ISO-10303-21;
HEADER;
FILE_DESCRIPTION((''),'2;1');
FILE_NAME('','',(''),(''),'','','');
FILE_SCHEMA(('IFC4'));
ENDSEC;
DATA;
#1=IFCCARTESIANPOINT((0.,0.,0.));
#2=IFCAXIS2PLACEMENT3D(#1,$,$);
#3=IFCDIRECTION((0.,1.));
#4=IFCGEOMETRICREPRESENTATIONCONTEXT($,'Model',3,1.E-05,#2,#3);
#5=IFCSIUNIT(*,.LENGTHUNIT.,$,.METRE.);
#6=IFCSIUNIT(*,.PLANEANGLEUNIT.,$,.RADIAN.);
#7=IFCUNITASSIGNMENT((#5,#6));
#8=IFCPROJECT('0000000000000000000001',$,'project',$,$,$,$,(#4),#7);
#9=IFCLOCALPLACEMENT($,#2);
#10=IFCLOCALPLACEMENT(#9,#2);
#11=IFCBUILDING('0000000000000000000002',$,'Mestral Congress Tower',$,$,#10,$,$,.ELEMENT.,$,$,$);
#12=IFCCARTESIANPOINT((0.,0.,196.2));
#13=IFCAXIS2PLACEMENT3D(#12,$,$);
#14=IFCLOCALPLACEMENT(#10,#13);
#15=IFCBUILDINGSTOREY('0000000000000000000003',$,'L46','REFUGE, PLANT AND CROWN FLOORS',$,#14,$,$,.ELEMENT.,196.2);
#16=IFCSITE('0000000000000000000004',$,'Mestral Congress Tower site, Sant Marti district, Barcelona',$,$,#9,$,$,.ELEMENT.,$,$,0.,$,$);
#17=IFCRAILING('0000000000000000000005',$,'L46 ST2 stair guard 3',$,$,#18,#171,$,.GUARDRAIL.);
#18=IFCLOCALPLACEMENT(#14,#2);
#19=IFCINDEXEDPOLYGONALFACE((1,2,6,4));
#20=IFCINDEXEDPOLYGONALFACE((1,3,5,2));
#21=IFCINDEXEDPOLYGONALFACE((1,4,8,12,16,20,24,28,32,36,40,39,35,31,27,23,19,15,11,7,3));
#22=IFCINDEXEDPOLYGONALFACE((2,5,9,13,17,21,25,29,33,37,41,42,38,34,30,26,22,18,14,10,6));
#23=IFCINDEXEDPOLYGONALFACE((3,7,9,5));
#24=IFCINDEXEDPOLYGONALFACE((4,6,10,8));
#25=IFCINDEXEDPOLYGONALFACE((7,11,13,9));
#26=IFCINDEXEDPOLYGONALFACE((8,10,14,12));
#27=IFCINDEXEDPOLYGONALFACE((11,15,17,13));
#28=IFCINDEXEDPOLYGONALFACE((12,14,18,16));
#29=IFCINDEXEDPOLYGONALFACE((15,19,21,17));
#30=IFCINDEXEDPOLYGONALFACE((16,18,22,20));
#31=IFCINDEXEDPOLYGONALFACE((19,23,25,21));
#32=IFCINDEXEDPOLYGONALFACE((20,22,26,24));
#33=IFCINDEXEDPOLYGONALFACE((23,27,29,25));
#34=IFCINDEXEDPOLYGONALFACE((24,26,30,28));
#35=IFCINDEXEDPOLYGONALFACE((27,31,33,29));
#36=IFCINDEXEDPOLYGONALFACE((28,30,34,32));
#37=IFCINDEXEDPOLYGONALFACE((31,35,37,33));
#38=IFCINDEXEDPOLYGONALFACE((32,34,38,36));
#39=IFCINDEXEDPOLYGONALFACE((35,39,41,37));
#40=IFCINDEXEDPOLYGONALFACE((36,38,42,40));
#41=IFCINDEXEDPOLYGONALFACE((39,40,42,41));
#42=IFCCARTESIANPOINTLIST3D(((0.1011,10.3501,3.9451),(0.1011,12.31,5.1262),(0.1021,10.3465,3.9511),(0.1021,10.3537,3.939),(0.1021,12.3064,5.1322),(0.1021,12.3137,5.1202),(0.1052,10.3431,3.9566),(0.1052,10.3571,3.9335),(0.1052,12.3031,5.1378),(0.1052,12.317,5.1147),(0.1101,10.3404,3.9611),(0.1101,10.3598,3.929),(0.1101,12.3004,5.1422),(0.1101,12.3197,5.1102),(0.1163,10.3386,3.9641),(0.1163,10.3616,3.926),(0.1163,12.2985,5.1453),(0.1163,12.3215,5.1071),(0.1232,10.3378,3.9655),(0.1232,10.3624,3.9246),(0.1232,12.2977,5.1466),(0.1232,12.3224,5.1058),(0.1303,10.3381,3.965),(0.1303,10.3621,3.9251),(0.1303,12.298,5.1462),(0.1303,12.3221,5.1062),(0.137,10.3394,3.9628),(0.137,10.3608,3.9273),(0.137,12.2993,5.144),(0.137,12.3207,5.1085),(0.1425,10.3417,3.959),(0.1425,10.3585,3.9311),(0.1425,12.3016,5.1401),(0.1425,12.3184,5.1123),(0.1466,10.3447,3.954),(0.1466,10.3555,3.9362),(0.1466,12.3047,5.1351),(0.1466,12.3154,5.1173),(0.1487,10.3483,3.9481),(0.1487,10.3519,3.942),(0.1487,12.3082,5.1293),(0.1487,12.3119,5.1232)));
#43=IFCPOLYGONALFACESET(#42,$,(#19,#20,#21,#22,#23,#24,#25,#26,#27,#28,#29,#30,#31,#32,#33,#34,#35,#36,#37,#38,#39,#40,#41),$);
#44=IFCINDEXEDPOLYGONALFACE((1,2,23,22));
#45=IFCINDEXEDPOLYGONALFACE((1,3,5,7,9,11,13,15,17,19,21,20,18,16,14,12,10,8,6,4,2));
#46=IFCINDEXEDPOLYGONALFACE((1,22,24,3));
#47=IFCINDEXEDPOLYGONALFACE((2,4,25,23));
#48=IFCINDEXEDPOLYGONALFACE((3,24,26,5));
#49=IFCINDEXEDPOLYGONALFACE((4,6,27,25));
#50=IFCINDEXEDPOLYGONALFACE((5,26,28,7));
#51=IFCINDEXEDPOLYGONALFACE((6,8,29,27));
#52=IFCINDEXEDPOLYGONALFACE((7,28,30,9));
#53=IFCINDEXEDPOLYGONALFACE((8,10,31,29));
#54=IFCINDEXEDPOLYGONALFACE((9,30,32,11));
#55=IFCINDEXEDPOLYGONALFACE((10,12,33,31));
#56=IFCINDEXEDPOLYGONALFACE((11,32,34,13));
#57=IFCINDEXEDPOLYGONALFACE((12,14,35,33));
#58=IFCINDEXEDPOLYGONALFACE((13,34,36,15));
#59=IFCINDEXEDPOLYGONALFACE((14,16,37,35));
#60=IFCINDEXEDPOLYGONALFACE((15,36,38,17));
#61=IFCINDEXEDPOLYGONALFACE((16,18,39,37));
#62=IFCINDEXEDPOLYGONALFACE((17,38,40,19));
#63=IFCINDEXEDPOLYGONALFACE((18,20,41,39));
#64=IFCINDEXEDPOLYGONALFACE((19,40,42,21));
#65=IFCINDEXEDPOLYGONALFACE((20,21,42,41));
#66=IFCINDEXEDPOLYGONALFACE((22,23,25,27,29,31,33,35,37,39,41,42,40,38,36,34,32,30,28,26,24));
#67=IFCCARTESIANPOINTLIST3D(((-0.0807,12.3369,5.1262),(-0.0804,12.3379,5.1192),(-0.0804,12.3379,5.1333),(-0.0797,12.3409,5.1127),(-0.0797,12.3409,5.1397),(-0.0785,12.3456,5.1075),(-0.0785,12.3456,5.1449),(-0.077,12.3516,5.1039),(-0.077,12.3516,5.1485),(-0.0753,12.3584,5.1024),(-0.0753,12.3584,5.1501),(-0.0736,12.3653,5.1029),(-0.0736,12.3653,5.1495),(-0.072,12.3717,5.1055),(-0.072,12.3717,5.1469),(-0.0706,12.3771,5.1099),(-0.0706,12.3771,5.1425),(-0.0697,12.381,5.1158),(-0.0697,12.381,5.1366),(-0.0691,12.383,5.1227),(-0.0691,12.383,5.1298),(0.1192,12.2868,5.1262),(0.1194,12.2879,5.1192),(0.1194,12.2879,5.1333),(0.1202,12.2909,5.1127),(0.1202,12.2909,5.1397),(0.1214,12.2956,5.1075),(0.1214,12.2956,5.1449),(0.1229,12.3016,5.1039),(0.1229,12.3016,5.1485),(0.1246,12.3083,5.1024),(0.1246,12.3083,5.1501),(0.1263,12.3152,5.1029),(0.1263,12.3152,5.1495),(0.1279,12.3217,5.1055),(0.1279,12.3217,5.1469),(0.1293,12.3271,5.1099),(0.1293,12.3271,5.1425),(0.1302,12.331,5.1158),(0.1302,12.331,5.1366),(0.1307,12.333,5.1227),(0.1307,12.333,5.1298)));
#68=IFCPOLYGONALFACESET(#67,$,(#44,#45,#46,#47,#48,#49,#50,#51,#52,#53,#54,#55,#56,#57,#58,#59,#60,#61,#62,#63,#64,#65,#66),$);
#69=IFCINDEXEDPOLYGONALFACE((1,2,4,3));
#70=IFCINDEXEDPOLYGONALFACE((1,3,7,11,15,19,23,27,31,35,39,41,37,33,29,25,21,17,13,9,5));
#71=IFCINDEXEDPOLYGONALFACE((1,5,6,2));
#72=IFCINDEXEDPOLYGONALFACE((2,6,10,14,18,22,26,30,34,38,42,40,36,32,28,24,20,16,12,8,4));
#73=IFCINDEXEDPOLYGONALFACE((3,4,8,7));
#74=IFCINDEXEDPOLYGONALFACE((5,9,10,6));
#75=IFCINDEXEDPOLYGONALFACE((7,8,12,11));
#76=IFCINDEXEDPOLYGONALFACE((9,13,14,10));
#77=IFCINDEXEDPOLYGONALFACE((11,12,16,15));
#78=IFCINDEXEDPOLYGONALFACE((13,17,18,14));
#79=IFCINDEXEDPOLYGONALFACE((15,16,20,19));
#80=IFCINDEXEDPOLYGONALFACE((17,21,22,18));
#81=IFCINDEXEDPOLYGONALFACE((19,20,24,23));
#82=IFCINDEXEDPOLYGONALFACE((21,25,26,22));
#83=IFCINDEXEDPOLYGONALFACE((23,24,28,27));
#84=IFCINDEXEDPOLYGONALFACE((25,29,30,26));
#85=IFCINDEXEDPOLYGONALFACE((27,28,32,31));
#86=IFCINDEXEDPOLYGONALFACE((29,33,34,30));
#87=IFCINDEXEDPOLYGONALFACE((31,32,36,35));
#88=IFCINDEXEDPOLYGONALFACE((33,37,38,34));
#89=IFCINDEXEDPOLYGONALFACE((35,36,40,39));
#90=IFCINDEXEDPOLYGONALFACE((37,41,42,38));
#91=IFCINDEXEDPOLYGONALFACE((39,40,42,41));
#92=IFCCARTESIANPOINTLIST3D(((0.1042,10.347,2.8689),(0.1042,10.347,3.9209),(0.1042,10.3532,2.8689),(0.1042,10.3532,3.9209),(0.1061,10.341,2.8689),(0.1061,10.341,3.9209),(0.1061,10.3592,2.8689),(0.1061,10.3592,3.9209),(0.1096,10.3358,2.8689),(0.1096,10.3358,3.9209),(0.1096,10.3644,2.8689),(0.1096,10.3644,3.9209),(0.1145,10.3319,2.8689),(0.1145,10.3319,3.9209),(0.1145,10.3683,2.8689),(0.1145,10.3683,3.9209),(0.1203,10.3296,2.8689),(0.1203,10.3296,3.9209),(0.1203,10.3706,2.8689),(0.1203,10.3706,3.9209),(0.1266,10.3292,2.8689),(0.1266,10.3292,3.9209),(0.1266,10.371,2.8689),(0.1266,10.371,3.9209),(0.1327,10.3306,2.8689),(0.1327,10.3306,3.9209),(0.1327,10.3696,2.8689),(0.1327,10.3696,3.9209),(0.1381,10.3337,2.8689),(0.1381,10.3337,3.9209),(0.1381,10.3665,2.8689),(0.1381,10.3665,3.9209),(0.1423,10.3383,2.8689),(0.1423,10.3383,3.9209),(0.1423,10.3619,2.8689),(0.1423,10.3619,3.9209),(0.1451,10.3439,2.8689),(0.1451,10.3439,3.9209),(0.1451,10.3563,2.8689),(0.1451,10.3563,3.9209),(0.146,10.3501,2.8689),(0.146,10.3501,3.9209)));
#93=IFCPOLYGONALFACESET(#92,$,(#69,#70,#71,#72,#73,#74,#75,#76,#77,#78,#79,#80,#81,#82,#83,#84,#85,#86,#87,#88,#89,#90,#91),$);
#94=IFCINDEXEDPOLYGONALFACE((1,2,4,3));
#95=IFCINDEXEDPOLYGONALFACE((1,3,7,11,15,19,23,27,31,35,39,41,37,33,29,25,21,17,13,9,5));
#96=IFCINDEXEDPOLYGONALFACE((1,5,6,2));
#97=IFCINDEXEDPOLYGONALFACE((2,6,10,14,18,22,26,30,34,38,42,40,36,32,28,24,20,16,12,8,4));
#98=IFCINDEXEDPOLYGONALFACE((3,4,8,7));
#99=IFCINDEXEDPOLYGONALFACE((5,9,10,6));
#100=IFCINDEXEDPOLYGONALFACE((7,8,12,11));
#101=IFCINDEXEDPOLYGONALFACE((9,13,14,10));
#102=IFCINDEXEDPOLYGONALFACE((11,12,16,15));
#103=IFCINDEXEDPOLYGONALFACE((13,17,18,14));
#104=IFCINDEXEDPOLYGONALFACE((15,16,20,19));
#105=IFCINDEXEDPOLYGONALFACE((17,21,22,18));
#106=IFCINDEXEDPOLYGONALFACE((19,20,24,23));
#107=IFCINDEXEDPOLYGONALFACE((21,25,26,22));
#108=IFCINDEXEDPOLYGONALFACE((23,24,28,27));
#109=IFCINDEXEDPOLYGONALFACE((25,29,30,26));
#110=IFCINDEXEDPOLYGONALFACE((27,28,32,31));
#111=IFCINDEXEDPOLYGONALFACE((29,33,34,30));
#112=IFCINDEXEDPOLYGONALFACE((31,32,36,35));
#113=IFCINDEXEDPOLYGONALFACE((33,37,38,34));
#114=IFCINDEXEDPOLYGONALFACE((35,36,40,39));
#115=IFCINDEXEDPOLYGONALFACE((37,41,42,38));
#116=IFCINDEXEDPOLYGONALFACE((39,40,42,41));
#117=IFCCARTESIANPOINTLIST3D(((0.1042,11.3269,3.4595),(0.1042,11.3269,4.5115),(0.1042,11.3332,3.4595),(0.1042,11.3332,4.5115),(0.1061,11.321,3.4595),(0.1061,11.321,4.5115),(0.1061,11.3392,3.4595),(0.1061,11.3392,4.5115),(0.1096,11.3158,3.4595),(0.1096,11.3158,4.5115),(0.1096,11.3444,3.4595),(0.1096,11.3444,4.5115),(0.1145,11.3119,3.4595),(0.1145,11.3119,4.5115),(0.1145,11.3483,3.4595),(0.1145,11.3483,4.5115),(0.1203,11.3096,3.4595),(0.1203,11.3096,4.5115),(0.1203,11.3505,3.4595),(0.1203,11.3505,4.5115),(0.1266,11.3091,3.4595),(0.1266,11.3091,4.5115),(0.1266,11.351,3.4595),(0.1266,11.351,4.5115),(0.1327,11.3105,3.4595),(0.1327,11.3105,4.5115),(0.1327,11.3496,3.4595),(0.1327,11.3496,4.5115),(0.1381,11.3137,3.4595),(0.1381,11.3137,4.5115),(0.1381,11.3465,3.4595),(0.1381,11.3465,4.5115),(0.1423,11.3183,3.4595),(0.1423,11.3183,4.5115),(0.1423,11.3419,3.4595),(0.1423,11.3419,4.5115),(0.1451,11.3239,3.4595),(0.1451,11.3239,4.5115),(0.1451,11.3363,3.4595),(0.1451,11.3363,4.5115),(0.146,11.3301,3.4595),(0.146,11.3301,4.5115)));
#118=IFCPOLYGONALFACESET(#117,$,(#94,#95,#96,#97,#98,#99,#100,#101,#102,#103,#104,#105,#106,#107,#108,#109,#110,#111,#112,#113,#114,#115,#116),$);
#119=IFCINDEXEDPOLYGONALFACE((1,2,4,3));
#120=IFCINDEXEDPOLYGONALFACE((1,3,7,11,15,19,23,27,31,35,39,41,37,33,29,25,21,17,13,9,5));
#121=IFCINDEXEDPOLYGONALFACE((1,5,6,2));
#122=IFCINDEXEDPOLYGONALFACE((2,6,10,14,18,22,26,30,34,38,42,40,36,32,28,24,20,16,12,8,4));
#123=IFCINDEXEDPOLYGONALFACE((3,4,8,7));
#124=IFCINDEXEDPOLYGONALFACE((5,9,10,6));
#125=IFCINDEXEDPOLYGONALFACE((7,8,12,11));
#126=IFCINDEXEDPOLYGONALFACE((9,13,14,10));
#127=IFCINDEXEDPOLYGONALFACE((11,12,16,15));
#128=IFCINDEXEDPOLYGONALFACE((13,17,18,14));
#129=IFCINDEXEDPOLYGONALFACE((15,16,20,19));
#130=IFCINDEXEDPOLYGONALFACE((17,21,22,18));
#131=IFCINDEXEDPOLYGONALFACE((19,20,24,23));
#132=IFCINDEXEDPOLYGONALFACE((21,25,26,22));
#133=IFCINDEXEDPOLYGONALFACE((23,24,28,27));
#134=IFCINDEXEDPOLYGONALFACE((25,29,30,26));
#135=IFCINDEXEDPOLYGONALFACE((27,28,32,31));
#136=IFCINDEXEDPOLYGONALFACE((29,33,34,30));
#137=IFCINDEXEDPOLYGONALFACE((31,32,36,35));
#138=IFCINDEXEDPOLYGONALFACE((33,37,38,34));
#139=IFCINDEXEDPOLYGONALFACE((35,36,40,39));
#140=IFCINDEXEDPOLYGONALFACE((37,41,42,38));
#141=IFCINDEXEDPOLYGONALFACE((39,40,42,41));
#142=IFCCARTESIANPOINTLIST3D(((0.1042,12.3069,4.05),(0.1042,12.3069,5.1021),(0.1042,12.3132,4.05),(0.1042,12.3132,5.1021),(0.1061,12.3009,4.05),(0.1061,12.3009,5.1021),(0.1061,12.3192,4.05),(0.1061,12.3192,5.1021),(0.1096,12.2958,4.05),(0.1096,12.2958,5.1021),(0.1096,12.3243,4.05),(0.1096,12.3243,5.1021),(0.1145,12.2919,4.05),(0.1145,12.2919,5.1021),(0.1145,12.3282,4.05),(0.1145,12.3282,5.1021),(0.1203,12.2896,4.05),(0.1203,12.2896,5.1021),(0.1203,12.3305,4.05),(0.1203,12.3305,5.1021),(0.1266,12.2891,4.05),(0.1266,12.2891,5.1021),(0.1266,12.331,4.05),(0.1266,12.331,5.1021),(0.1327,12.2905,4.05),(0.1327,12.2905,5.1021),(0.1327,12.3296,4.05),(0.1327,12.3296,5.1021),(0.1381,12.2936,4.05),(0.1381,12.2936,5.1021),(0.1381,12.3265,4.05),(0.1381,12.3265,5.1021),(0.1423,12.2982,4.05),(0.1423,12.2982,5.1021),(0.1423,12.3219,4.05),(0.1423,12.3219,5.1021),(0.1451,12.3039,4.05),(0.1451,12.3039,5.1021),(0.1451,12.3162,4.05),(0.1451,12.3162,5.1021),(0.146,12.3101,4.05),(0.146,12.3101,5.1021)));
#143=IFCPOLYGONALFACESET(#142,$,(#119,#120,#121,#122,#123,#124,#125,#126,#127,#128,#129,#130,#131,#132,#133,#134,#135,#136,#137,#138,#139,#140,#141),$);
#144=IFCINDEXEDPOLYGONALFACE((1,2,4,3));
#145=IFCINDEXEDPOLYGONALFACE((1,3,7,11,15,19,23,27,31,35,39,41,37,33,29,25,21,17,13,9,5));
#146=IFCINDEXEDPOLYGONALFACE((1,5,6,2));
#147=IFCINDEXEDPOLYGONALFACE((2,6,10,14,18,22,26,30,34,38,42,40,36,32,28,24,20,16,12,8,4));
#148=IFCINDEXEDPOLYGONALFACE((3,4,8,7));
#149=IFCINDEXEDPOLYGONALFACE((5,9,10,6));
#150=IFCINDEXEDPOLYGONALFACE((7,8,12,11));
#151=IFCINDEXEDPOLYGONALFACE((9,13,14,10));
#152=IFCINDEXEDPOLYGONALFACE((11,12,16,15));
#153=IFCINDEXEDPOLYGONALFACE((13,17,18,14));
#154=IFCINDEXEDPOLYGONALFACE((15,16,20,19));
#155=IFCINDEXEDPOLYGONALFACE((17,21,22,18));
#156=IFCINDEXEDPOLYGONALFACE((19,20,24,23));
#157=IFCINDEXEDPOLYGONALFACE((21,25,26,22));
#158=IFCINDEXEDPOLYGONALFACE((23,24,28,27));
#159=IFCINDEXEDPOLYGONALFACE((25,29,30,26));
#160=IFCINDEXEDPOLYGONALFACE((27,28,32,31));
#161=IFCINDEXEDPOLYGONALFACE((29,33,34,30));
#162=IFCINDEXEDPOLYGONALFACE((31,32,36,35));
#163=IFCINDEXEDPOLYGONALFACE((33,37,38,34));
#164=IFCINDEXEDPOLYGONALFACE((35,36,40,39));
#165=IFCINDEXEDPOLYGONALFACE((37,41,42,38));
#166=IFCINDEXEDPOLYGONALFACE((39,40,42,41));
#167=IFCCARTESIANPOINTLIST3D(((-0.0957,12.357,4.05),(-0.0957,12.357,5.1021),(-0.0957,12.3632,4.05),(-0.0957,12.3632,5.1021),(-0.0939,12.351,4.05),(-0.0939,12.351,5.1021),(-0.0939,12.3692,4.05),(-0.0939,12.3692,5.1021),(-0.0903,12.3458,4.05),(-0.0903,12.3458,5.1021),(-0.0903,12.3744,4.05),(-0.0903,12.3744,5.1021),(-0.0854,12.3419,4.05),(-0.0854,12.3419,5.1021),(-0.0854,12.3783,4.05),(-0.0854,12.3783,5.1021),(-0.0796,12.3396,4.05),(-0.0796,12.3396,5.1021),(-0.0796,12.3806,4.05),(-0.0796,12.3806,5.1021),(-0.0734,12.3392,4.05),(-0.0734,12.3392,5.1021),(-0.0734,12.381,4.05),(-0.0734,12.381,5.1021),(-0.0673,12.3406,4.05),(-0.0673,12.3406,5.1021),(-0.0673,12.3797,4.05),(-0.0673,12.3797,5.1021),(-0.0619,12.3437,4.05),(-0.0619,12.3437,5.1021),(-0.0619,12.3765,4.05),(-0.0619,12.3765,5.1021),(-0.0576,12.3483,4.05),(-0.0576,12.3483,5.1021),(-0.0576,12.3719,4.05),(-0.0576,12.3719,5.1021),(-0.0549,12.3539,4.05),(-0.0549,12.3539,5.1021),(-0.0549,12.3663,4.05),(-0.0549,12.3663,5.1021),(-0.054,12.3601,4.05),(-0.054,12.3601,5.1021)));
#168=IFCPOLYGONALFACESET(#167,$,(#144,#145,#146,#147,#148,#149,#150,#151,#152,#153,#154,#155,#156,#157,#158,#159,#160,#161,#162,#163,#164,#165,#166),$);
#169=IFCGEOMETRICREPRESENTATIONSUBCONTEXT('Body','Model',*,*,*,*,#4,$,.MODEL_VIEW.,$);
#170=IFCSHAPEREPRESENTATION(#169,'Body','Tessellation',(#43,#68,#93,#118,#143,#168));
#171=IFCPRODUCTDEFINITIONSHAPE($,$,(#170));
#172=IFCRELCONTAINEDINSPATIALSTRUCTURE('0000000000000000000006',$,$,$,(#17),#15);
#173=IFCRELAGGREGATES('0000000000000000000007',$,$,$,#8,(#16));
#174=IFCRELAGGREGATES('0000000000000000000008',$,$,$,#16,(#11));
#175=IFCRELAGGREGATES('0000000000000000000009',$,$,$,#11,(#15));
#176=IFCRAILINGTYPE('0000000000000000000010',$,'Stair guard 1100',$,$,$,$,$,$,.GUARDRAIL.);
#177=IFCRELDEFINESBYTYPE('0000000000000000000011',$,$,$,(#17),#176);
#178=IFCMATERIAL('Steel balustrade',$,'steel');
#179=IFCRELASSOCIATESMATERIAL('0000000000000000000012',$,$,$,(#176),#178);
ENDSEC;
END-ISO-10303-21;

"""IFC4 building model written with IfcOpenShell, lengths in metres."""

from ifc_helpers import new_model, si_unit, direction, frame, origin, origin_2d, place, context, subcontext, project, spatial, circle, extrude, material, type_object, element, save


model = new_model("IFC4")

# Units and contexts
model_context = context("Model", 3, precision=1e-05, world=origin(), true_north=direction((0.0, 1.0)))
body_context = subcontext(model_context, "Body", "Model", "MODEL_VIEW")
ifc_project = project(units=[si_unit("LENGTHUNIT", "METRE"), si_unit("PLANEANGLEUNIT", "RADIAN")], contexts=[model_context])

# Site, building, storey
site_placement = place(None, origin())
site = spatial("IfcSite", under=ifc_project, at=site_placement, Name="Mestral Congress Tower site, Sant Marti district, Barcelona", CompositionType="ELEMENT", RefElevation=0.0)
building_placement = place(site_placement, origin())
building = spatial("IfcBuilding", under=site, at=building_placement, Name="Mestral Congress Tower", CompositionType="ELEMENT")
storey_placement = place(building_placement, frame((0.0, 0.0, 196.2)))
storey = spatial("IfcBuildingStorey", under=building, at=storey_placement, Name="L46", Description="REFUGE, PLANT AND CROWN FLOORS", CompositionType="ELEMENT", Elevation=196.2)

# Railing
ifc_material_1 = material(Name="Steel balustrade", Category="steel")
railing_type = type_object("IfcRailingType", Name="Stair guard 1100", PredefinedType="GUARDRAIL", material=ifc_material_1)
railing_1_placement = place(storey_placement, frame((0.125, 10.3501, 2.8689)))
element("IfcRailing", 1, at=railing_1_placement, inside=storey, type_object=railing_type, Name="L46 ST2 stair guard 3", PredefinedType="GUARDRAIL", context=body_context, shape_type="SweptSolid", body=[
    extrude(circle(Radius=0.0239, at=origin_2d()), frame((0.0, 0.0, 1.0762), z_axis=(0.0, 0.856493, 0.516158), x_axis=(-1.0, 0.0, 0.0)), (0.0, 0.0, 1.0), 2.2883),
    extrude(circle(Radius=0.0239, at=origin_2d()), frame((0.0, 1.96, 2.2573), z_axis=(-0.970073, 0.242814, 0.0), x_axis=(-0.242814, -0.970073, 0.0)), (0.0, 0.0, 1.0), 0.2061),
    extrude(circle(Radius=0.021, at=origin_2d()), origin(), (0.0, 0.0, 1.0), 1.052),
    extrude(circle(Radius=0.021, at=origin_2d()), frame((0.0, 0.98, 0.5906)), (0.0, 0.0, 1.0), 1.052),
    extrude(circle(Radius=0.021, at=origin_2d()), frame((0.0, 1.96, 1.1812)), (0.0, 0.0, 1.0), 1.052),
    extrude(circle(Radius=0.021, at=origin_2d()), frame((-0.2, 2.01, 1.1812)), (0.0, 0.0, 1.0), 1.052),
])

save(model, "model.ifc")
